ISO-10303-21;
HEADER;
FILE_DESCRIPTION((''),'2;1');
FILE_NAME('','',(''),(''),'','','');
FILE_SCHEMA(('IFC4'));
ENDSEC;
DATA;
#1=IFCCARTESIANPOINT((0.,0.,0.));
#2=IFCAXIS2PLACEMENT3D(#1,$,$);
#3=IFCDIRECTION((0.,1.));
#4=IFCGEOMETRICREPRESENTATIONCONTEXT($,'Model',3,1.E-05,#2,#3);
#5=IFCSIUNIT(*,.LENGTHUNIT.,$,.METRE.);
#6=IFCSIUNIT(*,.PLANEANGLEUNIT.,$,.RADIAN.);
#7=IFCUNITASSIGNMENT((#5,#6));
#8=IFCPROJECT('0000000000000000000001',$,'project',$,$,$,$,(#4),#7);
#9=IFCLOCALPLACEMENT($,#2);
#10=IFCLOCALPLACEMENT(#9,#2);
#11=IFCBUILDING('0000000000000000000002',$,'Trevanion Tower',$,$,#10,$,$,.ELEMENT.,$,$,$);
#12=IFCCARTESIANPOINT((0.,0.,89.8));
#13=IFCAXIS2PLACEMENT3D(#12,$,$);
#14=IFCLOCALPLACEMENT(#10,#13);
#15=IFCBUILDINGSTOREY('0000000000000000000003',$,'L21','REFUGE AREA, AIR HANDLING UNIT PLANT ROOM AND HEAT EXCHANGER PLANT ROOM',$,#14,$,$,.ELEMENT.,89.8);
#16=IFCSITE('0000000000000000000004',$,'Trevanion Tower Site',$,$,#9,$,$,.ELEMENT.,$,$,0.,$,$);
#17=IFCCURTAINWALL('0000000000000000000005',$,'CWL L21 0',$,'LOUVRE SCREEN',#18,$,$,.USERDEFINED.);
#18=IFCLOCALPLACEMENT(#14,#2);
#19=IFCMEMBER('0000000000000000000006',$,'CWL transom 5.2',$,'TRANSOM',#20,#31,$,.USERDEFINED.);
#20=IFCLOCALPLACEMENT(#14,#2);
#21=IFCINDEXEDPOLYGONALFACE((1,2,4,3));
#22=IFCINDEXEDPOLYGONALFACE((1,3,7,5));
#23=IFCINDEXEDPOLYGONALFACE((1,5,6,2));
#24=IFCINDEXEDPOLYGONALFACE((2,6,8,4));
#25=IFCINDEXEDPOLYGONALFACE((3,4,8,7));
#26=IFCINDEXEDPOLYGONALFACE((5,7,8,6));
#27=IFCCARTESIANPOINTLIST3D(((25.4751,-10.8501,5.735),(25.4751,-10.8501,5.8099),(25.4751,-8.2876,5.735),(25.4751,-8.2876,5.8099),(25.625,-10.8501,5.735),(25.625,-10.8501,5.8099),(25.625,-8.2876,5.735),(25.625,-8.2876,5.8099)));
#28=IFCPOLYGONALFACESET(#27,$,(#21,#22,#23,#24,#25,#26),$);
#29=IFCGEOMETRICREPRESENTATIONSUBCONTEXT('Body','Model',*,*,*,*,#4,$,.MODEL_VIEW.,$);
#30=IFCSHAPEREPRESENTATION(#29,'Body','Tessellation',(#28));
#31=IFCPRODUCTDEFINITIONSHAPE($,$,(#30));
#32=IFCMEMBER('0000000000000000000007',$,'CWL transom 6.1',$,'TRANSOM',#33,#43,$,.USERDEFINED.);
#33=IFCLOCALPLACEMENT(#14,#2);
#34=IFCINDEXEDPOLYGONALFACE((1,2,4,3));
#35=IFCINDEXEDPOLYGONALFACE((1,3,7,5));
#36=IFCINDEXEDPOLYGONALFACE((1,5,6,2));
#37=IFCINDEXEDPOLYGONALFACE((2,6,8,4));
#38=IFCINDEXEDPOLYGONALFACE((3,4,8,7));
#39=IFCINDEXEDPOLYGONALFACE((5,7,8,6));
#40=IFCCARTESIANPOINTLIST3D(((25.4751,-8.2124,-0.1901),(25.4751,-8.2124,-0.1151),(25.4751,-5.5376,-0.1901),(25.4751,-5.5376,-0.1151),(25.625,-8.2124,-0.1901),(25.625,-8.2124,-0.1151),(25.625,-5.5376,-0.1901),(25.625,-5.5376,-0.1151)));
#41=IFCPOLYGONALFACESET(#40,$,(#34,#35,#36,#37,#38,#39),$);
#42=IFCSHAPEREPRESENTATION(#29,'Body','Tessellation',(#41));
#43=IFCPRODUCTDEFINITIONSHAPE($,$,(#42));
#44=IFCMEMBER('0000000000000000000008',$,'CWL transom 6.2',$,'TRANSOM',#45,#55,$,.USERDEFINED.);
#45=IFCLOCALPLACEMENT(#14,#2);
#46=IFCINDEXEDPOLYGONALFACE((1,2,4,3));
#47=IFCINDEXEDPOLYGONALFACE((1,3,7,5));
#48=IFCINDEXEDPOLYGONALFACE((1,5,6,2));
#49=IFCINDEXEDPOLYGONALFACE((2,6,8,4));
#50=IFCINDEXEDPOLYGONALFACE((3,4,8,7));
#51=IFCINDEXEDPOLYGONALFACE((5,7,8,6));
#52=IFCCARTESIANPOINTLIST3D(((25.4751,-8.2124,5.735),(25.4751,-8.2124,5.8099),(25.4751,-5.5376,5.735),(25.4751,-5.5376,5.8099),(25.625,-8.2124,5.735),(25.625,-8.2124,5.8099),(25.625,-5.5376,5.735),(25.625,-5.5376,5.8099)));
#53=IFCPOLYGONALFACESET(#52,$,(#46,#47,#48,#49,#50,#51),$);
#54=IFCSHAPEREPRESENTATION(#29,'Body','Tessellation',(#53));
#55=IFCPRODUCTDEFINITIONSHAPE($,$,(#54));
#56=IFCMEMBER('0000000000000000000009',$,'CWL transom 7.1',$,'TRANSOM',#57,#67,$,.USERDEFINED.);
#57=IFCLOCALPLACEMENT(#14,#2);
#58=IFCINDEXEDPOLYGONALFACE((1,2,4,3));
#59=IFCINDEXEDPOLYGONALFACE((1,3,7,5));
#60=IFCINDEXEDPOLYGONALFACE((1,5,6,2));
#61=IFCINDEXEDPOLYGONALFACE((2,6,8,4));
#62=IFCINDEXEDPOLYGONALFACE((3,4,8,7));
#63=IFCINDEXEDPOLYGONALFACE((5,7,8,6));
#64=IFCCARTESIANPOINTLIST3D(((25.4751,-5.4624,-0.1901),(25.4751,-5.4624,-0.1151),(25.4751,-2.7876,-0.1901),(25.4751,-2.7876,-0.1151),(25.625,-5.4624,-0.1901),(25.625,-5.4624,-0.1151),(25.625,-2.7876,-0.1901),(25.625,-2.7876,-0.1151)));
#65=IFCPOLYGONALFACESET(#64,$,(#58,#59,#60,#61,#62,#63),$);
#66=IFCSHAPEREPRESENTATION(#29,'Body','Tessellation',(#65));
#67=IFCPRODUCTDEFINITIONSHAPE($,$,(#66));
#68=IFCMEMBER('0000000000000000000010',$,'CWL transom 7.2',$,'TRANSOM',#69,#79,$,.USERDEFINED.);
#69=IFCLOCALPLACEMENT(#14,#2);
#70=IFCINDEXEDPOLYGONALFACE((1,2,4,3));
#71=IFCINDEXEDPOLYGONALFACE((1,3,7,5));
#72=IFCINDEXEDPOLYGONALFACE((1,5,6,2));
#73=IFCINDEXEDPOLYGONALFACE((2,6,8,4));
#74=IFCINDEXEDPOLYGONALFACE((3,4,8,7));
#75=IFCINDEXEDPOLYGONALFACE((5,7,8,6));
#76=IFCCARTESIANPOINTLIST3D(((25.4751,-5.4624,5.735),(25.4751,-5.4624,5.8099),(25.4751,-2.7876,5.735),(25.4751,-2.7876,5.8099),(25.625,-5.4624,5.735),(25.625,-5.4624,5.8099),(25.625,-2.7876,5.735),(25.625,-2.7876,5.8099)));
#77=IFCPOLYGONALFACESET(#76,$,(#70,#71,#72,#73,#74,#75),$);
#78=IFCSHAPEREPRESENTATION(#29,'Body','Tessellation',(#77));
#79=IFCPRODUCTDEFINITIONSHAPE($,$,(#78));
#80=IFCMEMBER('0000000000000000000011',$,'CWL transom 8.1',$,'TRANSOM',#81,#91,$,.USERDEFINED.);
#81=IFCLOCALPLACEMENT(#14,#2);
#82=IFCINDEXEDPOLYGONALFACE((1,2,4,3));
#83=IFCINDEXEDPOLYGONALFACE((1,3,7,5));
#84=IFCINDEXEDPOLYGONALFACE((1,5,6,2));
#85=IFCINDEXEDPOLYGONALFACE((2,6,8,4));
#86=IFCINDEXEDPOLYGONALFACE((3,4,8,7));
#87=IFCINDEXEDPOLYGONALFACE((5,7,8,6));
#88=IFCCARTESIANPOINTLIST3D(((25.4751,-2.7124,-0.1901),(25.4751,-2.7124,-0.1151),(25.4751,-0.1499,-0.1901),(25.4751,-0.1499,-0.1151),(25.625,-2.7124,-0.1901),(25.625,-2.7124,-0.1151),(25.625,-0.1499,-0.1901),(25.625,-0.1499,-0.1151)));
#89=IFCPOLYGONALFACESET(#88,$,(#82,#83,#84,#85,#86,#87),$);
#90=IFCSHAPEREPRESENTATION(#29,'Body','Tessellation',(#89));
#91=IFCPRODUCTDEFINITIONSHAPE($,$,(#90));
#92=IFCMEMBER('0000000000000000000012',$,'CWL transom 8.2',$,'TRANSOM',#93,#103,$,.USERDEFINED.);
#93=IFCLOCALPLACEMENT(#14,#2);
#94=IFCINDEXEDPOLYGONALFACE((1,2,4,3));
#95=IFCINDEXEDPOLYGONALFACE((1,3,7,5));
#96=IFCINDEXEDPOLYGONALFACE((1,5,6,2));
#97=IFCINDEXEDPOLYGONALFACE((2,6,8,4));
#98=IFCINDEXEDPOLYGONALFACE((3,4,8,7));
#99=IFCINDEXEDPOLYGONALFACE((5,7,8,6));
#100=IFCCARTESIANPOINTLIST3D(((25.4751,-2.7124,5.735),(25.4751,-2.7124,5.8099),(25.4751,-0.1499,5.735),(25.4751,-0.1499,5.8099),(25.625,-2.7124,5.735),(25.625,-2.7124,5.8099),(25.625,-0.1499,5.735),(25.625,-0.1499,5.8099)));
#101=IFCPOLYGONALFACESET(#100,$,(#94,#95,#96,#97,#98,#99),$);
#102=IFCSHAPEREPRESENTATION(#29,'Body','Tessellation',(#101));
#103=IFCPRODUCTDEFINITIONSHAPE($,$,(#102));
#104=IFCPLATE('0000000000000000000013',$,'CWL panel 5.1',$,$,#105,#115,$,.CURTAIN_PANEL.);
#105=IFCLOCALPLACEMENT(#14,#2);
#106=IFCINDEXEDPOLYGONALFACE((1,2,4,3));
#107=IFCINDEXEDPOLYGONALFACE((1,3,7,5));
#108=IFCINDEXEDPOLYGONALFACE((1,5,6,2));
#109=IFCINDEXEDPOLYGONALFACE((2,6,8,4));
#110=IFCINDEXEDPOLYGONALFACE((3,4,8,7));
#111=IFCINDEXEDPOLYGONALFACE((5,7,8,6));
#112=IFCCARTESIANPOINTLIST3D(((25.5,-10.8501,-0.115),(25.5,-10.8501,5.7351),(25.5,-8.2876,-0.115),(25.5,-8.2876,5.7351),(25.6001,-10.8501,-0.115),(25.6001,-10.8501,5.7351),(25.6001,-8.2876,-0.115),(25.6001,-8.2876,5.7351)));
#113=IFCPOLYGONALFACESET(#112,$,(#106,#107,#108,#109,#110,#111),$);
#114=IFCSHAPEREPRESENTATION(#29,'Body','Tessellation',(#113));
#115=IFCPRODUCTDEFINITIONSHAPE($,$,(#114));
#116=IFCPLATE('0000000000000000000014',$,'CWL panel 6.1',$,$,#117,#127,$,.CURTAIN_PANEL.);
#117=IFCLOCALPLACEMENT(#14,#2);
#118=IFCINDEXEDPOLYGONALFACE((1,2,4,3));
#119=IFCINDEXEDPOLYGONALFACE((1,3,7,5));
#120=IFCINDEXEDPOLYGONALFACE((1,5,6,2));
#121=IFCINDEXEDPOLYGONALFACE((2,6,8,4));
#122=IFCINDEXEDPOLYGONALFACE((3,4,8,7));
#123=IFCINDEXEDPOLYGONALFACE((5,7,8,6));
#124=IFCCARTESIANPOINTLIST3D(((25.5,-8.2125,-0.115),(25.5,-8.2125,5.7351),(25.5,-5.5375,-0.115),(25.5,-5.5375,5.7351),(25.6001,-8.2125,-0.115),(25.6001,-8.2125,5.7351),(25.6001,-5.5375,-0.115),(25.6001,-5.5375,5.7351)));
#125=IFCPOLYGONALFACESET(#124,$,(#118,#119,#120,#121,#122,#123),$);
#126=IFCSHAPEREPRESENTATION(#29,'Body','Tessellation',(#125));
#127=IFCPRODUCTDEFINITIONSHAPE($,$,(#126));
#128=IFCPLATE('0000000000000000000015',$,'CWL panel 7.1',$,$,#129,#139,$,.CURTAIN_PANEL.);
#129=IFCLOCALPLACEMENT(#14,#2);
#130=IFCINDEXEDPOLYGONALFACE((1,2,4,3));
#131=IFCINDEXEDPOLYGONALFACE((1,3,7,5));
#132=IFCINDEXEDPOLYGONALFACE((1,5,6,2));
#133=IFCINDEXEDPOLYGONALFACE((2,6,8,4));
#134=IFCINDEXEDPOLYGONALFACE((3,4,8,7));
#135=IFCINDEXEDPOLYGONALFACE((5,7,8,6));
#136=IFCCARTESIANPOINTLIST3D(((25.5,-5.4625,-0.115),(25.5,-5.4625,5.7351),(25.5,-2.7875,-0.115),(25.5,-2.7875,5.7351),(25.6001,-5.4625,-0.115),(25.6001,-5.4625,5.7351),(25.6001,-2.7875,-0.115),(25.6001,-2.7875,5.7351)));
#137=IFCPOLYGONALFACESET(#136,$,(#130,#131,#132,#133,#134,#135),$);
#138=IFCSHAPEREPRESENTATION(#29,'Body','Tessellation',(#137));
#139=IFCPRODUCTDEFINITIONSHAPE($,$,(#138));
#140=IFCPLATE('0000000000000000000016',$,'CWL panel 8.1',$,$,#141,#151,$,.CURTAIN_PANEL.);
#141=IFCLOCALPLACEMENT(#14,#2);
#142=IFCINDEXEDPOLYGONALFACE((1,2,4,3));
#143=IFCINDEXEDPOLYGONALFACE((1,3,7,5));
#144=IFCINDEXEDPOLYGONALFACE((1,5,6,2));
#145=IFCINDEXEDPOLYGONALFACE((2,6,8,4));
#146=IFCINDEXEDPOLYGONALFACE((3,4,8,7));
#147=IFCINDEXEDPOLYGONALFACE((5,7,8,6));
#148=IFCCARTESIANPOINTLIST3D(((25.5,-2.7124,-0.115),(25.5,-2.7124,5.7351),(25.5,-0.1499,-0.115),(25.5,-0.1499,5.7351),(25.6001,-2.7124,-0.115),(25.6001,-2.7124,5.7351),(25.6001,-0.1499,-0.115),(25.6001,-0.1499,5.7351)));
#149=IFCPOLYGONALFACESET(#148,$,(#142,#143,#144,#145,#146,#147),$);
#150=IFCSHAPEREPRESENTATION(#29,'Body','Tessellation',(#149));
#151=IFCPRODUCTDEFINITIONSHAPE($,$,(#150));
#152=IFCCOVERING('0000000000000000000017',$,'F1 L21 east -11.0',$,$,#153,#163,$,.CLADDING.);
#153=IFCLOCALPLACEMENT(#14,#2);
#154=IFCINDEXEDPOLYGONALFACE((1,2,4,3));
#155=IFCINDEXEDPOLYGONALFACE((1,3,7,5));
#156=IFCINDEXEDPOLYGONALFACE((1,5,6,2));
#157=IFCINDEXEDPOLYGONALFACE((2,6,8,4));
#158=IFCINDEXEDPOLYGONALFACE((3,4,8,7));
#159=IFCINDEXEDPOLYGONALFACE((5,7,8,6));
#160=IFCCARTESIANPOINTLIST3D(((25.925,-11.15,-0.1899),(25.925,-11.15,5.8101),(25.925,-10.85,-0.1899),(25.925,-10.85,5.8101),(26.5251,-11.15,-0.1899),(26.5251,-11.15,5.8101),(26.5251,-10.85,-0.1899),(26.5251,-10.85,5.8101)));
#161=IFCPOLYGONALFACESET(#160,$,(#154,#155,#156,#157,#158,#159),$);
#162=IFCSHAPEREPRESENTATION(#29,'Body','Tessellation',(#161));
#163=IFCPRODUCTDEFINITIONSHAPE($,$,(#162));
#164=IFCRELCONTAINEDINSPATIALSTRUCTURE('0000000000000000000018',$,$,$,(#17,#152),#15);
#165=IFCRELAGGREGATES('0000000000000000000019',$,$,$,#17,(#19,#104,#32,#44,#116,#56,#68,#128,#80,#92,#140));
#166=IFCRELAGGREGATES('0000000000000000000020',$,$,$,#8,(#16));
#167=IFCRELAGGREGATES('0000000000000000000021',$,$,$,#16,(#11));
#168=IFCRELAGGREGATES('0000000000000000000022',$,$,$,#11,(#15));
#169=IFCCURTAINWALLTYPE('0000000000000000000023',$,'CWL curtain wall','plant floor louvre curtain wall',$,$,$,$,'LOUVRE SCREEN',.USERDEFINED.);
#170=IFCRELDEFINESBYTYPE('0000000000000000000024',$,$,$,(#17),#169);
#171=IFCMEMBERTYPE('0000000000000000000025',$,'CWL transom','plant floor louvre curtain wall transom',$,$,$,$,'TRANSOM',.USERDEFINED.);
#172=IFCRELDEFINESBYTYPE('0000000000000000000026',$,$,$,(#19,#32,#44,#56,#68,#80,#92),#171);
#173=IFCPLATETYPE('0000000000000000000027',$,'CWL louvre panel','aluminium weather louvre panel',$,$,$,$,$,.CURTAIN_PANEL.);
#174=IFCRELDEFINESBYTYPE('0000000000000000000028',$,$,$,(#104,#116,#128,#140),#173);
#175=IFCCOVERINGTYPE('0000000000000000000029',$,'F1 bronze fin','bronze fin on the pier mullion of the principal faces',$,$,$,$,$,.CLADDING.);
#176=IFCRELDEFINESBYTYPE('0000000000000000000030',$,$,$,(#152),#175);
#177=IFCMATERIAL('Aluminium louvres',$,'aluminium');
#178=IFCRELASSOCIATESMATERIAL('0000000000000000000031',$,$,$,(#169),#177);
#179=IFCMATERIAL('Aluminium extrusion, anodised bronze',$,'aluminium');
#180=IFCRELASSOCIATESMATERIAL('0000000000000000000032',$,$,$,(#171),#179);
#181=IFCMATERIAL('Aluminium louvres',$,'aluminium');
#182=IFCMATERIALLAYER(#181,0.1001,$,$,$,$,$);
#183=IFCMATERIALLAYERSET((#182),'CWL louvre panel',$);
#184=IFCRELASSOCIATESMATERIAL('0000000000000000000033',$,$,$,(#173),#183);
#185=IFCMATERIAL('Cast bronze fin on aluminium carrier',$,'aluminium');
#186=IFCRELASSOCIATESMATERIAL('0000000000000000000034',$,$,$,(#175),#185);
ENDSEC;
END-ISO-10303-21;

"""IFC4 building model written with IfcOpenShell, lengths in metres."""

from ifc_helpers import new_model, si_unit, direction, frame, origin, origin_2d, place, context, subcontext, project, spatial, rectangle, extrude, material, layer, layer_set, material_profile, profile_set, type_object, element, aggregate, save


model = new_model("IFC4")

# Units and contexts
model_context = context("Model", 3, precision=1e-05, world=origin(), true_north=direction((0.0, 1.0)))
body_context = subcontext(model_context, "Body", "Model", "MODEL_VIEW")
ifc_project = project(units=[si_unit("LENGTHUNIT", "METRE"), si_unit("PLANEANGLEUNIT", "RADIAN")], contexts=[model_context])

# Site, building, storey
site_placement = place(None, origin())
site = spatial("IfcSite", under=ifc_project, at=site_placement, Name="Trevanion Tower Site", CompositionType="ELEMENT", RefElevation=0.0)
building_placement = place(site_placement, origin())
building = spatial("IfcBuilding", under=site, at=building_placement, Name="Trevanion Tower", CompositionType="ELEMENT")
storey_placement = place(building_placement, frame((0.0, 0.0, 89.8)))
storey = spatial("IfcBuildingStorey", under=building, at=storey_placement, Name="L21", Description="REFUGE AREA, AIR HANDLING UNIT PLANT ROOM AND HEAT EXCHANGER PLANT ROOM", CompositionType="ELEMENT", Elevation=89.8)

# Curtain wall, members, plates
ifc_material_1 = material(Name="Aluminium louvres", Category="aluminium")
curtain_wall_type = type_object("IfcCurtainWallType", Name="CWL curtain wall", Description="plant floor louvre curtain wall", ElementType="LOUVRE SCREEN", PredefinedType="USERDEFINED", material=ifc_material_1)
curtain_wall_placement = place(storey_placement, origin())
curtain_wall = element("IfcCurtainWall", 1, at=curtain_wall_placement, inside=storey, type_object=curtain_wall_type, Name="CWL L21 0", ObjectType="LOUVRE SCREEN", PredefinedType="USERDEFINED")
ifc_material_2 = material(Name="Aluminium extrusion, anodised bronze", Category="aluminium")
ifc_material_profile_1 = material_profile(ifc_material_2, rectangle(XDim=0.1499, YDim=0.075, at=origin_2d()), Name="CWL transom")
ifc_profile_set_1 = profile_set([ifc_material_profile_1], Name="Aluminium extrusion, anodised bronze")
member_type_1 = type_object("IfcMemberType", Name="CWL transom", Description="plant floor louvre curtain wall transom", ElementType="TRANSOM", PredefinedType="USERDEFINED", material=ifc_profile_set_1)
member_1_placement = place(storey_placement, frame((25.55, -10.8501, 5.7725), z_axis=(0.0, 1.0, 0.0), x_axis=(-1.0, 0.0, 0.0)))
member_1 = element("IfcMember", 2, at=member_1_placement, type_object=member_type_1, Name="CWL transom 5.2", ObjectType="TRANSOM", PredefinedType="USERDEFINED", context=body_context, shape_type="SweptSolid", body=[
    extrude(rectangle(XDim=0.1499, YDim=0.075, at=origin_2d()), origin(), (0.0, 0.0, 1.0), 2.5625),
])
member_2_placement = place(storey_placement, frame((25.55, -8.2124, -0.1526), z_axis=(0.0, 1.0, 0.0), x_axis=(-1.0, 0.0, 0.0)))
member_2 = element("IfcMember", 3, at=member_2_placement, type_object=member_type_1, Name="CWL transom 6.1", ObjectType="TRANSOM", PredefinedType="USERDEFINED", context=body_context, shape_type="SweptSolid", body=[
    extrude(rectangle(XDim=0.1499, YDim=0.075, at=origin_2d()), origin(), (0.0, 0.0, 1.0), 2.6748),
])
member_3_placement = place(storey_placement, frame((25.55, -8.2124, 5.7725), z_axis=(0.0, 1.0, 0.0), x_axis=(-1.0, 0.0, 0.0)))
member_3 = element("IfcMember", 4, at=member_3_placement, type_object=member_type_1, Name="CWL transom 6.2", ObjectType="TRANSOM", PredefinedType="USERDEFINED", context=body_context, shape_type="SweptSolid", body=[
    extrude(rectangle(XDim=0.1499, YDim=0.075, at=origin_2d()), origin(), (0.0, 0.0, 1.0), 2.6748),
])
member_4_placement = place(storey_placement, frame((25.55, -5.4624, -0.1526), z_axis=(0.0, 1.0, 0.0), x_axis=(-1.0, 0.0, 0.0)))
member_4 = element("IfcMember", 5, at=member_4_placement, type_object=member_type_1, Name="CWL transom 7.1", ObjectType="TRANSOM", PredefinedType="USERDEFINED", context=body_context, shape_type="SweptSolid", body=[
    extrude(rectangle(XDim=0.1499, YDim=0.075, at=origin_2d()), origin(), (0.0, 0.0, 1.0), 2.6748),
])
member_5_placement = place(storey_placement, frame((25.55, -5.4624, 5.7725), z_axis=(0.0, 1.0, 0.0), x_axis=(-1.0, 0.0, 0.0)))
member_5 = element("IfcMember", 6, at=member_5_placement, type_object=member_type_1, Name="CWL transom 7.2", ObjectType="TRANSOM", PredefinedType="USERDEFINED", context=body_context, shape_type="SweptSolid", body=[
    extrude(rectangle(XDim=0.1499, YDim=0.075, at=origin_2d()), origin(), (0.0, 0.0, 1.0), 2.6748),
])
member_6_placement = place(storey_placement, frame((25.55, -2.7124, -0.1526), z_axis=(0.0, 1.0, 0.0), x_axis=(-1.0, 0.0, 0.0)))
member_6 = element("IfcMember", 7, at=member_6_placement, type_object=member_type_1, Name="CWL transom 8.1", ObjectType="TRANSOM", PredefinedType="USERDEFINED", context=body_context, shape_type="SweptSolid", body=[
    extrude(rectangle(XDim=0.1499, YDim=0.075, at=origin_2d()), origin(), (0.0, 0.0, 1.0), 2.5625),
])
member_7_placement = place(storey_placement, frame((25.55, -2.7124, 5.7725), z_axis=(0.0, 1.0, 0.0), x_axis=(-1.0, 0.0, 0.0)))
member_7 = element("IfcMember", 8, at=member_7_placement, type_object=member_type_1, Name="CWL transom 8.2", ObjectType="TRANSOM", PredefinedType="USERDEFINED", context=body_context, shape_type="SweptSolid", body=[
    extrude(rectangle(XDim=0.1499, YDim=0.075, at=origin_2d()), origin(), (0.0, 0.0, 1.0), 2.5625),
])
ifc_material_3 = material(Name="Aluminium louvres", Category="aluminium")
ifc_layer = layer(ifc_material_3, 0.1001)
ifc_layer_set = layer_set([ifc_layer], Name="CWL louvre panel")
plate_type = type_object("IfcPlateType", Name="CWL louvre panel", Description="aluminium weather louvre panel", PredefinedType="CURTAIN_PANEL", material=ifc_layer_set)
plate_1_placement = place(storey_placement, frame((25.55, -9.5688, -0.115), z_axis=(0.0, 0.0, 1.0), x_axis=(0.0, 1.0, 0.0)))
plate_1 = element("IfcPlate", 9, at=plate_1_placement, type_object=plate_type, Name="CWL panel 5.1", PredefinedType="CURTAIN_PANEL", context=body_context, shape_type="SweptSolid", body=[
    extrude(rectangle(XDim=2.5625, YDim=0.1001, at=origin_2d()), origin(), (0.0, 0.0, 1.0), 5.8501),
])
plate_2_placement = place(storey_placement, frame((25.55, -6.875, -0.115), z_axis=(0.0, 0.0, 1.0), x_axis=(0.0, 1.0, 0.0)))
plate_2 = element("IfcPlate", 10, at=plate_2_placement, type_object=plate_type, Name="CWL panel 6.1", PredefinedType="CURTAIN_PANEL", context=body_context, shape_type="SweptSolid", body=[
    extrude(rectangle(XDim=2.675, YDim=0.1001, at=origin_2d()), origin(), (0.0, 0.0, 1.0), 5.8501),
])
plate_3_placement = place(storey_placement, frame((25.55, -4.125, -0.115), z_axis=(0.0, 0.0, 1.0), x_axis=(0.0, 1.0, 0.0)))
plate_3 = element("IfcPlate", 11, at=plate_3_placement, type_object=plate_type, Name="CWL panel 7.1", PredefinedType="CURTAIN_PANEL", context=body_context, shape_type="SweptSolid", body=[
    extrude(rectangle(XDim=2.675, YDim=0.1001, at=origin_2d()), origin(), (0.0, 0.0, 1.0), 5.8501),
])
plate_4_placement = place(storey_placement, frame((25.55, -1.4312, -0.115), z_axis=(0.0, 0.0, 1.0), x_axis=(0.0, 1.0, 0.0)))
plate_4 = element("IfcPlate", 12, at=plate_4_placement, type_object=plate_type, Name="CWL panel 8.1", PredefinedType="CURTAIN_PANEL", context=body_context, shape_type="SweptSolid", body=[
    extrude(rectangle(XDim=2.5625, YDim=0.1001, at=origin_2d()), origin(), (0.0, 0.0, 1.0), 5.8501),
])
aggregate(curtain_wall, [member_1, plate_1, member_2, member_3, plate_2, member_4, member_5, plate_3, member_6, member_7, plate_4])

# Covering
ifc_material_4 = material(Name="Cast bronze fin on aluminium carrier", Category="aluminium")
covering_type = type_object("IfcCoveringType", Name="F1 bronze fin", Description="bronze fin on the pier mullion of the principal faces", PredefinedType="CLADDING", material=ifc_material_4)
covering_placement = place(storey_placement, frame((26.2251, -11.0, -0.1899), z_axis=(0.0, 0.0, 1.0), x_axis=(0.0, 1.0, 0.0)))
element("IfcCovering", 13, at=covering_placement, inside=storey, type_object=covering_type, Name="F1 L21 east -11.0", PredefinedType="CLADDING", context=body_context, shape_type="SweptSolid", body=[
    extrude(rectangle(XDim=0.3, YDim=0.6001, at=origin_2d()), origin(), (0.0, 0.0, 1.0), 6.0),
])

save(model, "model.ifc")
